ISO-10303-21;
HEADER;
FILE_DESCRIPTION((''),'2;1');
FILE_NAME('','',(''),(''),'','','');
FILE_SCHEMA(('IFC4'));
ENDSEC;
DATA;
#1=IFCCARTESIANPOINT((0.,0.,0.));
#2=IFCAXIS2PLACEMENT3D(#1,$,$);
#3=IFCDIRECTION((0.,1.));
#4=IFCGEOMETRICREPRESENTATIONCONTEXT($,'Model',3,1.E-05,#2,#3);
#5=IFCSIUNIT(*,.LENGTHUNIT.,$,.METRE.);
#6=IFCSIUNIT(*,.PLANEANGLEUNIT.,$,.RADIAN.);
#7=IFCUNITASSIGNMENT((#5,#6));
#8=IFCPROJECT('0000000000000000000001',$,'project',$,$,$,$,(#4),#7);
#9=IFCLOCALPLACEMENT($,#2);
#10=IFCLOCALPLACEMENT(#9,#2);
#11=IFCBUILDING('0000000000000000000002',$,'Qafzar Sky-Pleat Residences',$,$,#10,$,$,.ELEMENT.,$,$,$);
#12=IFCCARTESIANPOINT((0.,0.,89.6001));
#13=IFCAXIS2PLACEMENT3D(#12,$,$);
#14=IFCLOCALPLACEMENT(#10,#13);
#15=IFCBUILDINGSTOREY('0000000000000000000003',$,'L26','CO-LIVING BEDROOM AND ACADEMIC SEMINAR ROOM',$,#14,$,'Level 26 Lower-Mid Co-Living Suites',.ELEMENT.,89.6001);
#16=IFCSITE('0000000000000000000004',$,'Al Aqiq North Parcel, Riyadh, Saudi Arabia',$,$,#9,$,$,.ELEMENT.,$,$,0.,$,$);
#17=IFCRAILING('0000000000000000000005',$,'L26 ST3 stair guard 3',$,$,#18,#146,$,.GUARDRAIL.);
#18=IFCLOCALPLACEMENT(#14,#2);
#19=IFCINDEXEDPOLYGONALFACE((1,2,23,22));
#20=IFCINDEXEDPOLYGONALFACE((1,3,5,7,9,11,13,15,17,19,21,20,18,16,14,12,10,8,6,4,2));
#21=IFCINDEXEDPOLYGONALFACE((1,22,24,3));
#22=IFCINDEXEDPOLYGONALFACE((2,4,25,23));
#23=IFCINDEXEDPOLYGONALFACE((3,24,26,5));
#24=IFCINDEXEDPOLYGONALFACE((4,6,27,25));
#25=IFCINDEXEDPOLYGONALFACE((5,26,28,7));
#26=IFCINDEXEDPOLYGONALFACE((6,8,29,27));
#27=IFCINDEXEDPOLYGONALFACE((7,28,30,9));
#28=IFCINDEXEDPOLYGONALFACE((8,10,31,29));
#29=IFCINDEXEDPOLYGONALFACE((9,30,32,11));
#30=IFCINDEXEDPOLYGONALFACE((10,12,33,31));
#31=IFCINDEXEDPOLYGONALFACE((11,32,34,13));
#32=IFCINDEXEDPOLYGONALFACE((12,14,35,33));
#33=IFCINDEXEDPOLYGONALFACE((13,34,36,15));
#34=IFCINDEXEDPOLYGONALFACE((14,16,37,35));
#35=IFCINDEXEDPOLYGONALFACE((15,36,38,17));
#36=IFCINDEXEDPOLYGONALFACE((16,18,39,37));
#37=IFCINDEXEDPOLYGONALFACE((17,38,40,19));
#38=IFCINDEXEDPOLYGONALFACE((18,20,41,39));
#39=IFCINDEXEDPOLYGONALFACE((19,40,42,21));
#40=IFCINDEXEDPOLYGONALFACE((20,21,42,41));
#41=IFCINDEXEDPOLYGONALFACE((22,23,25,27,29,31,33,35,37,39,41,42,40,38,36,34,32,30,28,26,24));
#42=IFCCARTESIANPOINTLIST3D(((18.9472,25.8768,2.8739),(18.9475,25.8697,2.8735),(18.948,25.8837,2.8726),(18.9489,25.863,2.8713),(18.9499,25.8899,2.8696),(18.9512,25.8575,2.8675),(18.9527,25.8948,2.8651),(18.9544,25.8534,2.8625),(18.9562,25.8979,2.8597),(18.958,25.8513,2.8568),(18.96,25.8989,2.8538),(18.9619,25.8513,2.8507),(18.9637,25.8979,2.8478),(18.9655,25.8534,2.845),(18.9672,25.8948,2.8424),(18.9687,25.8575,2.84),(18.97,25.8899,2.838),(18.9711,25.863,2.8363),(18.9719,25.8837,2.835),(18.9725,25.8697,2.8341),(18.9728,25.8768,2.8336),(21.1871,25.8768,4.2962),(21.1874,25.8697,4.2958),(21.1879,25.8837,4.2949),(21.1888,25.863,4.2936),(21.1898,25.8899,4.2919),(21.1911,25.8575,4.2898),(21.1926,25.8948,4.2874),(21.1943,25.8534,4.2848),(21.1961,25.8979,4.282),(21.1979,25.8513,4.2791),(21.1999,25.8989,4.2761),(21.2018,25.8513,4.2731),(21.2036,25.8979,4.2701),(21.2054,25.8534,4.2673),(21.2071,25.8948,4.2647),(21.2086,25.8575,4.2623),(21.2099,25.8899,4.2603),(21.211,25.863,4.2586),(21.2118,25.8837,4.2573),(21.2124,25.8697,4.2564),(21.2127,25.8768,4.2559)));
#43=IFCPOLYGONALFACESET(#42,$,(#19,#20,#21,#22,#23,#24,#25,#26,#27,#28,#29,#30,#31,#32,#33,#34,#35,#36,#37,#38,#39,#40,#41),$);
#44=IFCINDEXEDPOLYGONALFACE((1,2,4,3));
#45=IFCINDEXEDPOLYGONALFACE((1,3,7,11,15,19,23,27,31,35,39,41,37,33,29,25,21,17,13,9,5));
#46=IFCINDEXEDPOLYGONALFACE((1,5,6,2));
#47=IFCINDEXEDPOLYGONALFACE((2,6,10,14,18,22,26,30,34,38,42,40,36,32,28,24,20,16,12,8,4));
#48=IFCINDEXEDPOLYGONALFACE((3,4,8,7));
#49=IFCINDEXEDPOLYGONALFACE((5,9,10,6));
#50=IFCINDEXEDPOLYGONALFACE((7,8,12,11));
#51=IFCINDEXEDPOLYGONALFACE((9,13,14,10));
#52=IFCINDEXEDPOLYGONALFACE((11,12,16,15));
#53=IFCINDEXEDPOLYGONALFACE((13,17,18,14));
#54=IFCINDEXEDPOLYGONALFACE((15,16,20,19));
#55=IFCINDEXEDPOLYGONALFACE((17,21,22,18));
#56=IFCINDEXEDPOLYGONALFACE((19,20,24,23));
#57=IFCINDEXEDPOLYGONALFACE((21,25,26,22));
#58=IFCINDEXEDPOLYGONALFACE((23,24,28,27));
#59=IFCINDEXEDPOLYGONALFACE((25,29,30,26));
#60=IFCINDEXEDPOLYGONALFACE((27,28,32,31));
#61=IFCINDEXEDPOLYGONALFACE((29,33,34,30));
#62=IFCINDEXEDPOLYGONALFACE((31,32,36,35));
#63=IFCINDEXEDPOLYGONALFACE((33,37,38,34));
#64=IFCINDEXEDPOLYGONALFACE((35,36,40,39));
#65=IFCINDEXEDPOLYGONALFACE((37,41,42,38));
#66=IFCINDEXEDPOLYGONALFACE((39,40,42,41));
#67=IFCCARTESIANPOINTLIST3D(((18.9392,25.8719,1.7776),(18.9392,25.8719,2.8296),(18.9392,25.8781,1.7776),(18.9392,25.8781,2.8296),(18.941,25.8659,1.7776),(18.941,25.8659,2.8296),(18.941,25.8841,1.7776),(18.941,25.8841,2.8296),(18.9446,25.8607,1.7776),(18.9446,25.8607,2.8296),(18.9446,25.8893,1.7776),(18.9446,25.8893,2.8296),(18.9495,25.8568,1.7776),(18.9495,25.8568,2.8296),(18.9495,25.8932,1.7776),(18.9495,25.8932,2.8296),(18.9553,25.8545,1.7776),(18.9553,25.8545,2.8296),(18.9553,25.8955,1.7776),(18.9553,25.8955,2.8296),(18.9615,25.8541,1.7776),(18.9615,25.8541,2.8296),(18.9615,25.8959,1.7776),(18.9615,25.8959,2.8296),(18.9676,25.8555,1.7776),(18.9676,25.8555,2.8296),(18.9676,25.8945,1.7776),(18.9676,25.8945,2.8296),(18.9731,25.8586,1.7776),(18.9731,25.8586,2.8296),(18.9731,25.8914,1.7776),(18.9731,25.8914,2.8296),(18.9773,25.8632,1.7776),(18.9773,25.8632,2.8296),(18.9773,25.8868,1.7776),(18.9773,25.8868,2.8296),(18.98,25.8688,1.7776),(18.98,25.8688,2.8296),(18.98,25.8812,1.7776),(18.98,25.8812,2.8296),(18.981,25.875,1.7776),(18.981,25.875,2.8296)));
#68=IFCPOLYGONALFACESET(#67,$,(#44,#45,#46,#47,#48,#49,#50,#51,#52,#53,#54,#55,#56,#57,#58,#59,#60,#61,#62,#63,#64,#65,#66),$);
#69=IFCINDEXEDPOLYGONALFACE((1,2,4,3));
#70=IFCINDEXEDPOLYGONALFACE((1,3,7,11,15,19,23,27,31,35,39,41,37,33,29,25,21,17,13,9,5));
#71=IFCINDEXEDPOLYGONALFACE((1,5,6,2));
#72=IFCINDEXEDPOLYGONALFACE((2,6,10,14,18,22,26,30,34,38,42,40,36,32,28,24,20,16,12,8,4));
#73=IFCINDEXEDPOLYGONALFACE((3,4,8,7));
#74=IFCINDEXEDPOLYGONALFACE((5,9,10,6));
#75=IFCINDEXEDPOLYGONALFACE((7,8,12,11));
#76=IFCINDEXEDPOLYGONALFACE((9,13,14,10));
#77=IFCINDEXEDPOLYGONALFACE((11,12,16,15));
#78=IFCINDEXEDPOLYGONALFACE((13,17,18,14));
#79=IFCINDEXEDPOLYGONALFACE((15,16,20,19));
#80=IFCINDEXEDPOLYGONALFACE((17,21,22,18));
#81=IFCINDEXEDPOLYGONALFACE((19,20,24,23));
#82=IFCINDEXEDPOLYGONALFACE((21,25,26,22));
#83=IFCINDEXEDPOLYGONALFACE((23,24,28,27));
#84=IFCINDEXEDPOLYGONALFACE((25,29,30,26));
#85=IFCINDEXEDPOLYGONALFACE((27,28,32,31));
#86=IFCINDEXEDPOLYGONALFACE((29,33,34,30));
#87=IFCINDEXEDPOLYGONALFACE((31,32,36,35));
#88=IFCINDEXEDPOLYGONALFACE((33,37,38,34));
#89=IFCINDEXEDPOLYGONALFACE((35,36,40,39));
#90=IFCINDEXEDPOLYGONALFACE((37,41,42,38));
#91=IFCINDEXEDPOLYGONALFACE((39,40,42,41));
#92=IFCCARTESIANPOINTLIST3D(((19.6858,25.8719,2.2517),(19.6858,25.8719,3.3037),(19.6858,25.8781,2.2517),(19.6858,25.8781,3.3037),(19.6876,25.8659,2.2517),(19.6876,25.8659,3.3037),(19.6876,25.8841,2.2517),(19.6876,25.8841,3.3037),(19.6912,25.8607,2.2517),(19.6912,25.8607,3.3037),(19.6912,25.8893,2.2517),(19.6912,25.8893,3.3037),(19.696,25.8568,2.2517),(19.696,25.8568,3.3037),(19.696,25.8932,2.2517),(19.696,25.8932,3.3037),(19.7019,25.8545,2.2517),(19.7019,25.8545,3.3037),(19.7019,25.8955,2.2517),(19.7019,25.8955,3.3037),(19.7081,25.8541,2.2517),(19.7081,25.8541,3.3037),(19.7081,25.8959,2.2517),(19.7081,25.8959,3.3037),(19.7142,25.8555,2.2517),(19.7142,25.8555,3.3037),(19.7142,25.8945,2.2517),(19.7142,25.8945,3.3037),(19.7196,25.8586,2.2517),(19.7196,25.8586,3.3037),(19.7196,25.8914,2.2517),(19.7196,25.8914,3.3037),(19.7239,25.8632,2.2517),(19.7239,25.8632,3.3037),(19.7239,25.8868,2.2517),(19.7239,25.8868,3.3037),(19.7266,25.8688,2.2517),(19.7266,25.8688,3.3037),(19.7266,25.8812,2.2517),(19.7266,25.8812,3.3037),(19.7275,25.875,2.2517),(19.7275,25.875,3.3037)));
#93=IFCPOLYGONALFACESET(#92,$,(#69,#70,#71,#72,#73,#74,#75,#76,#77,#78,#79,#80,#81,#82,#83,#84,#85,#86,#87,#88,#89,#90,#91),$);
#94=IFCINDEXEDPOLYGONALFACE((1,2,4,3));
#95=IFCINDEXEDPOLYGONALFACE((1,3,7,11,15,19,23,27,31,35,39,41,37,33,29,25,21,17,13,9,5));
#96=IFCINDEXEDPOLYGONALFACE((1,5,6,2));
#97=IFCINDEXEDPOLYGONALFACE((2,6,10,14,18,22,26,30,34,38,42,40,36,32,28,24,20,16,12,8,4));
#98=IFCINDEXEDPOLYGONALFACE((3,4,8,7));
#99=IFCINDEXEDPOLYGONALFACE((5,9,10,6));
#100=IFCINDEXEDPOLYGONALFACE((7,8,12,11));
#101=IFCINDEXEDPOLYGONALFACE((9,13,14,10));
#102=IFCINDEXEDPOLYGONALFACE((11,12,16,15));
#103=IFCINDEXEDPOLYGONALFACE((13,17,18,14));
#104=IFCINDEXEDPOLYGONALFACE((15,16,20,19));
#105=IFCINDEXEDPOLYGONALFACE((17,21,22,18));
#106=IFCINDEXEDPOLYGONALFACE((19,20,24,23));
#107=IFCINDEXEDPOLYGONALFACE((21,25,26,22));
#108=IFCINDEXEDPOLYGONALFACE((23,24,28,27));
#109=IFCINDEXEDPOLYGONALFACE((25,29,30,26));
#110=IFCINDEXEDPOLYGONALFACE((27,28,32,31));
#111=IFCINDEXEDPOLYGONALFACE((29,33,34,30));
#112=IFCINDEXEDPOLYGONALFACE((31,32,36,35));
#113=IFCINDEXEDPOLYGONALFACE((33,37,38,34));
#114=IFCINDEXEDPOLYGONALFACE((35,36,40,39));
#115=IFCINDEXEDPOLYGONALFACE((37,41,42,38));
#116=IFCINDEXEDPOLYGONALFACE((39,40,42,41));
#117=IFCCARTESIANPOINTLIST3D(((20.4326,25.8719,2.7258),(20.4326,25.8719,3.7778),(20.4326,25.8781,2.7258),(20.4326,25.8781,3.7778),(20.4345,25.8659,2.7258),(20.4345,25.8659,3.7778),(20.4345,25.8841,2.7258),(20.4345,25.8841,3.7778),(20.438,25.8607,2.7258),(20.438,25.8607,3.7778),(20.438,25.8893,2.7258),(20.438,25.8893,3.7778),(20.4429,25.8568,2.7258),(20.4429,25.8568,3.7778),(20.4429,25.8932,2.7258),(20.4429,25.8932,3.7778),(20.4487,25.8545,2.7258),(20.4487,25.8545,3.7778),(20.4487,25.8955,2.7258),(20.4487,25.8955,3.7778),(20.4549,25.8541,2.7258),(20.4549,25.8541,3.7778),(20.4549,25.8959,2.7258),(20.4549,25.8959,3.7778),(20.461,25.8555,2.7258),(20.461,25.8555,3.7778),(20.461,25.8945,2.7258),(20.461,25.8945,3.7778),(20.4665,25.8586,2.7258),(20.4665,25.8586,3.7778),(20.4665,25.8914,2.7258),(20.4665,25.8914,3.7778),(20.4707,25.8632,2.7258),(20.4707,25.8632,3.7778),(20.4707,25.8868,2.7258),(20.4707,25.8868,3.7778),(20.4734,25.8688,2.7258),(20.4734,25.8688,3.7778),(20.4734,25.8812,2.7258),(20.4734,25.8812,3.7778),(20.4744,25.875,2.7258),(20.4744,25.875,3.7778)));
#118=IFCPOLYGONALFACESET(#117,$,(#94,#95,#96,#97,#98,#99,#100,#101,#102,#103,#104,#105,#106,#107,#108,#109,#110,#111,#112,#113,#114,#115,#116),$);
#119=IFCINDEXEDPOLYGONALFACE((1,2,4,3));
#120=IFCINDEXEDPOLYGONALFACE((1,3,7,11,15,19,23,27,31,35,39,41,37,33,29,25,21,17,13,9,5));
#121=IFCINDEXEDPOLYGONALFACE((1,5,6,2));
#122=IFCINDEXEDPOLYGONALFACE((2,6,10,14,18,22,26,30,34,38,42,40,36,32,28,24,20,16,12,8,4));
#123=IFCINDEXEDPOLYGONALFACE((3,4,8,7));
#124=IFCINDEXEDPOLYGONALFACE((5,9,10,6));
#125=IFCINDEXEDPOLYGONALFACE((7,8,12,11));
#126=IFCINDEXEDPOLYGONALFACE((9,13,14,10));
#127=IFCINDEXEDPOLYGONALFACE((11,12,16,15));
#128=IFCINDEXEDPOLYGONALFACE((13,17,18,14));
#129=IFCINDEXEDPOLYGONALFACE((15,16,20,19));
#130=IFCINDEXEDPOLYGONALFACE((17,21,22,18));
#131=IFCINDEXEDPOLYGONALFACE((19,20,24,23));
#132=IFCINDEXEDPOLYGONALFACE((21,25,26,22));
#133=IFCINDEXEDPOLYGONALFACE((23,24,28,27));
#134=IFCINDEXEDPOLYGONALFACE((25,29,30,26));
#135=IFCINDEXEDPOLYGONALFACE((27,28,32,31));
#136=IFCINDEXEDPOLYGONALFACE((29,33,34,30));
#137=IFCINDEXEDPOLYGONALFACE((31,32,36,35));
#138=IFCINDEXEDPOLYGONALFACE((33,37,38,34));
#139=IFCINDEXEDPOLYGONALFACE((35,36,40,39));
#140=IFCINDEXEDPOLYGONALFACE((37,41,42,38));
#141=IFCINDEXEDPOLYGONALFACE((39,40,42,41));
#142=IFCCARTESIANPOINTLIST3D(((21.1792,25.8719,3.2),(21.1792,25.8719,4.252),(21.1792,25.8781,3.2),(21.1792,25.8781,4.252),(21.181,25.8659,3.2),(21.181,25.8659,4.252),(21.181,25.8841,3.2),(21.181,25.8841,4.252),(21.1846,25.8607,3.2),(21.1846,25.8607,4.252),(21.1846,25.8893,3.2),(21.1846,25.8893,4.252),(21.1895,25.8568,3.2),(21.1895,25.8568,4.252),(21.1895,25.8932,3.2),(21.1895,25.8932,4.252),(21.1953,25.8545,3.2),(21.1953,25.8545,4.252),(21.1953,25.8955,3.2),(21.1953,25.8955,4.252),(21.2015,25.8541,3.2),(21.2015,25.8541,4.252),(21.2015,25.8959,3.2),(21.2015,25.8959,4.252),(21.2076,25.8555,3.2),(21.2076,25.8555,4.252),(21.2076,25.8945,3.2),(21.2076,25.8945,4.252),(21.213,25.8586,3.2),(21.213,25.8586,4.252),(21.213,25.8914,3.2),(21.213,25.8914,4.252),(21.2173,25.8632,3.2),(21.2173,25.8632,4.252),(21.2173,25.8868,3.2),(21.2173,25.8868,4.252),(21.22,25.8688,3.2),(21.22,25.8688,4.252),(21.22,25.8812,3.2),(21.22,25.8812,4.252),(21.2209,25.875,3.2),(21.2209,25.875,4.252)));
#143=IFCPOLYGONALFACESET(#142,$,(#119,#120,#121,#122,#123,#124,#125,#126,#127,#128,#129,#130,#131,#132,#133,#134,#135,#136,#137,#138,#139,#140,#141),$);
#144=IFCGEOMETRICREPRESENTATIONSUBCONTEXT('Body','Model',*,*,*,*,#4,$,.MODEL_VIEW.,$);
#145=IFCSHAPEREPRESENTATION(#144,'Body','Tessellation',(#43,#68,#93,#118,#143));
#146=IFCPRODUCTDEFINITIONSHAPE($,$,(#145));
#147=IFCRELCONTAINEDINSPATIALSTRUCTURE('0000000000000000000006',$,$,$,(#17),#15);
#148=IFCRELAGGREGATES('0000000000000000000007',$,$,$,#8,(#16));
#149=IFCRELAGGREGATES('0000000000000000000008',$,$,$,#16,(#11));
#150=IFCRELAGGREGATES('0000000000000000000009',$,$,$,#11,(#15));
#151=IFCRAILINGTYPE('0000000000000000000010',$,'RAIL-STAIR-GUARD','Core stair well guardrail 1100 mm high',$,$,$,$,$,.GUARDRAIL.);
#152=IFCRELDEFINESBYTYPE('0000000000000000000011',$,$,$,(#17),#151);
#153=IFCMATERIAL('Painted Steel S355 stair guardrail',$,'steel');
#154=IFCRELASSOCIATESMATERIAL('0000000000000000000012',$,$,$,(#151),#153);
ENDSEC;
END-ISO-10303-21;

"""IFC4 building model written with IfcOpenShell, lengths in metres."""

from ifc_helpers import new_model, si_unit, direction, frame, origin, origin_2d, place, context, subcontext, project, spatial, circle, extrude, source, transform, mapped, material, type_object, element, save


model = new_model("IFC4")

# Units and contexts
model_context = context("Model", 3, precision=1e-05, world=origin(), true_north=direction((0.0, 1.0)))
body_context = subcontext(model_context, "Body", "Model", "MODEL_VIEW")
ifc_project = project(units=[si_unit("LENGTHUNIT", "METRE"), si_unit("PLANEANGLEUNIT", "RADIAN")], contexts=[model_context])

# Site, building, storey
site_placement = place(None, origin())
site = spatial("IfcSite", under=ifc_project, at=site_placement, Name="Al Aqiq North Parcel, Riyadh, Saudi Arabia", CompositionType="ELEMENT", RefElevation=0.0)
building_placement = place(site_placement, origin())
building = spatial("IfcBuilding", under=site, at=building_placement, Name="Qafzar Sky-Pleat Residences", CompositionType="ELEMENT")
storey_placement = place(building_placement, frame((0.0, 0.0, 89.6001)))
storey = spatial("IfcBuildingStorey", under=building, at=storey_placement, Name="L26", Description="CO-LIVING BEDROOM AND ACADEMIC SEMINAR ROOM", LongName="Level 26 Lower-Mid Co-Living Suites", CompositionType="ELEMENT", Elevation=89.6001)

# Railing
ifc_material_1 = material(Name="Painted Steel S355 stair guardrail", Category="steel")
railing_type_1 = type_object("IfcRailingType", Name="RAIL-STAIR-GUARD", Description="Core stair well guardrail 1100 mm high", PredefinedType="GUARDRAIL", material=ifc_material_1)
shared_shape_1 = source(origin(), body_context, "Body", "SweptSolid", [
    extrude(circle(Radius=0.0239, at=origin_2d()), frame((0.0, 0.0, 1.0762), z_axis=(0.844188, 0.0, 0.536048), x_axis=(0.0, 1.0, 0.0)), (0.0, 0.0, 1.0), 2.6533),
    extrude(circle(Radius=0.021, at=origin_2d()), origin(), (0.0, 0.0, 1.0), 1.052),
    extrude(circle(Radius=0.021, at=origin_2d()), frame((0.7466, 0.0, 0.4741)), (0.0, 0.0, 1.0), 1.052),
    extrude(circle(Radius=0.021, at=origin_2d()), frame((1.4934, 0.0, 0.9482)), (0.0, 0.0, 1.0), 1.052),
    extrude(circle(Radius=0.021, at=origin_2d()), frame((2.24, 0.0, 1.4224)), (0.0, 0.0, 1.0), 1.052),
])
railing_1_placement = place(storey_placement, frame((18.96, 25.875, 1.7776)))
element("IfcRailing", 1, at=railing_1_placement, inside=storey, type_object=railing_type_1, Name="L26 ST3 stair guard 3", PredefinedType="GUARDRAIL", context=body_context, shape_type="MappedRepresentation", body=[
    mapped(shared_shape_1, transform((0.0, 0.0, 0.0), x_axis=(1.0, 0.0, 0.0), y_axis=(0.0, 1.0, 0.0), z_axis=(0.0, 0.0, 1.0), scale=1.0)),
])

save(model, "model.ifc")
